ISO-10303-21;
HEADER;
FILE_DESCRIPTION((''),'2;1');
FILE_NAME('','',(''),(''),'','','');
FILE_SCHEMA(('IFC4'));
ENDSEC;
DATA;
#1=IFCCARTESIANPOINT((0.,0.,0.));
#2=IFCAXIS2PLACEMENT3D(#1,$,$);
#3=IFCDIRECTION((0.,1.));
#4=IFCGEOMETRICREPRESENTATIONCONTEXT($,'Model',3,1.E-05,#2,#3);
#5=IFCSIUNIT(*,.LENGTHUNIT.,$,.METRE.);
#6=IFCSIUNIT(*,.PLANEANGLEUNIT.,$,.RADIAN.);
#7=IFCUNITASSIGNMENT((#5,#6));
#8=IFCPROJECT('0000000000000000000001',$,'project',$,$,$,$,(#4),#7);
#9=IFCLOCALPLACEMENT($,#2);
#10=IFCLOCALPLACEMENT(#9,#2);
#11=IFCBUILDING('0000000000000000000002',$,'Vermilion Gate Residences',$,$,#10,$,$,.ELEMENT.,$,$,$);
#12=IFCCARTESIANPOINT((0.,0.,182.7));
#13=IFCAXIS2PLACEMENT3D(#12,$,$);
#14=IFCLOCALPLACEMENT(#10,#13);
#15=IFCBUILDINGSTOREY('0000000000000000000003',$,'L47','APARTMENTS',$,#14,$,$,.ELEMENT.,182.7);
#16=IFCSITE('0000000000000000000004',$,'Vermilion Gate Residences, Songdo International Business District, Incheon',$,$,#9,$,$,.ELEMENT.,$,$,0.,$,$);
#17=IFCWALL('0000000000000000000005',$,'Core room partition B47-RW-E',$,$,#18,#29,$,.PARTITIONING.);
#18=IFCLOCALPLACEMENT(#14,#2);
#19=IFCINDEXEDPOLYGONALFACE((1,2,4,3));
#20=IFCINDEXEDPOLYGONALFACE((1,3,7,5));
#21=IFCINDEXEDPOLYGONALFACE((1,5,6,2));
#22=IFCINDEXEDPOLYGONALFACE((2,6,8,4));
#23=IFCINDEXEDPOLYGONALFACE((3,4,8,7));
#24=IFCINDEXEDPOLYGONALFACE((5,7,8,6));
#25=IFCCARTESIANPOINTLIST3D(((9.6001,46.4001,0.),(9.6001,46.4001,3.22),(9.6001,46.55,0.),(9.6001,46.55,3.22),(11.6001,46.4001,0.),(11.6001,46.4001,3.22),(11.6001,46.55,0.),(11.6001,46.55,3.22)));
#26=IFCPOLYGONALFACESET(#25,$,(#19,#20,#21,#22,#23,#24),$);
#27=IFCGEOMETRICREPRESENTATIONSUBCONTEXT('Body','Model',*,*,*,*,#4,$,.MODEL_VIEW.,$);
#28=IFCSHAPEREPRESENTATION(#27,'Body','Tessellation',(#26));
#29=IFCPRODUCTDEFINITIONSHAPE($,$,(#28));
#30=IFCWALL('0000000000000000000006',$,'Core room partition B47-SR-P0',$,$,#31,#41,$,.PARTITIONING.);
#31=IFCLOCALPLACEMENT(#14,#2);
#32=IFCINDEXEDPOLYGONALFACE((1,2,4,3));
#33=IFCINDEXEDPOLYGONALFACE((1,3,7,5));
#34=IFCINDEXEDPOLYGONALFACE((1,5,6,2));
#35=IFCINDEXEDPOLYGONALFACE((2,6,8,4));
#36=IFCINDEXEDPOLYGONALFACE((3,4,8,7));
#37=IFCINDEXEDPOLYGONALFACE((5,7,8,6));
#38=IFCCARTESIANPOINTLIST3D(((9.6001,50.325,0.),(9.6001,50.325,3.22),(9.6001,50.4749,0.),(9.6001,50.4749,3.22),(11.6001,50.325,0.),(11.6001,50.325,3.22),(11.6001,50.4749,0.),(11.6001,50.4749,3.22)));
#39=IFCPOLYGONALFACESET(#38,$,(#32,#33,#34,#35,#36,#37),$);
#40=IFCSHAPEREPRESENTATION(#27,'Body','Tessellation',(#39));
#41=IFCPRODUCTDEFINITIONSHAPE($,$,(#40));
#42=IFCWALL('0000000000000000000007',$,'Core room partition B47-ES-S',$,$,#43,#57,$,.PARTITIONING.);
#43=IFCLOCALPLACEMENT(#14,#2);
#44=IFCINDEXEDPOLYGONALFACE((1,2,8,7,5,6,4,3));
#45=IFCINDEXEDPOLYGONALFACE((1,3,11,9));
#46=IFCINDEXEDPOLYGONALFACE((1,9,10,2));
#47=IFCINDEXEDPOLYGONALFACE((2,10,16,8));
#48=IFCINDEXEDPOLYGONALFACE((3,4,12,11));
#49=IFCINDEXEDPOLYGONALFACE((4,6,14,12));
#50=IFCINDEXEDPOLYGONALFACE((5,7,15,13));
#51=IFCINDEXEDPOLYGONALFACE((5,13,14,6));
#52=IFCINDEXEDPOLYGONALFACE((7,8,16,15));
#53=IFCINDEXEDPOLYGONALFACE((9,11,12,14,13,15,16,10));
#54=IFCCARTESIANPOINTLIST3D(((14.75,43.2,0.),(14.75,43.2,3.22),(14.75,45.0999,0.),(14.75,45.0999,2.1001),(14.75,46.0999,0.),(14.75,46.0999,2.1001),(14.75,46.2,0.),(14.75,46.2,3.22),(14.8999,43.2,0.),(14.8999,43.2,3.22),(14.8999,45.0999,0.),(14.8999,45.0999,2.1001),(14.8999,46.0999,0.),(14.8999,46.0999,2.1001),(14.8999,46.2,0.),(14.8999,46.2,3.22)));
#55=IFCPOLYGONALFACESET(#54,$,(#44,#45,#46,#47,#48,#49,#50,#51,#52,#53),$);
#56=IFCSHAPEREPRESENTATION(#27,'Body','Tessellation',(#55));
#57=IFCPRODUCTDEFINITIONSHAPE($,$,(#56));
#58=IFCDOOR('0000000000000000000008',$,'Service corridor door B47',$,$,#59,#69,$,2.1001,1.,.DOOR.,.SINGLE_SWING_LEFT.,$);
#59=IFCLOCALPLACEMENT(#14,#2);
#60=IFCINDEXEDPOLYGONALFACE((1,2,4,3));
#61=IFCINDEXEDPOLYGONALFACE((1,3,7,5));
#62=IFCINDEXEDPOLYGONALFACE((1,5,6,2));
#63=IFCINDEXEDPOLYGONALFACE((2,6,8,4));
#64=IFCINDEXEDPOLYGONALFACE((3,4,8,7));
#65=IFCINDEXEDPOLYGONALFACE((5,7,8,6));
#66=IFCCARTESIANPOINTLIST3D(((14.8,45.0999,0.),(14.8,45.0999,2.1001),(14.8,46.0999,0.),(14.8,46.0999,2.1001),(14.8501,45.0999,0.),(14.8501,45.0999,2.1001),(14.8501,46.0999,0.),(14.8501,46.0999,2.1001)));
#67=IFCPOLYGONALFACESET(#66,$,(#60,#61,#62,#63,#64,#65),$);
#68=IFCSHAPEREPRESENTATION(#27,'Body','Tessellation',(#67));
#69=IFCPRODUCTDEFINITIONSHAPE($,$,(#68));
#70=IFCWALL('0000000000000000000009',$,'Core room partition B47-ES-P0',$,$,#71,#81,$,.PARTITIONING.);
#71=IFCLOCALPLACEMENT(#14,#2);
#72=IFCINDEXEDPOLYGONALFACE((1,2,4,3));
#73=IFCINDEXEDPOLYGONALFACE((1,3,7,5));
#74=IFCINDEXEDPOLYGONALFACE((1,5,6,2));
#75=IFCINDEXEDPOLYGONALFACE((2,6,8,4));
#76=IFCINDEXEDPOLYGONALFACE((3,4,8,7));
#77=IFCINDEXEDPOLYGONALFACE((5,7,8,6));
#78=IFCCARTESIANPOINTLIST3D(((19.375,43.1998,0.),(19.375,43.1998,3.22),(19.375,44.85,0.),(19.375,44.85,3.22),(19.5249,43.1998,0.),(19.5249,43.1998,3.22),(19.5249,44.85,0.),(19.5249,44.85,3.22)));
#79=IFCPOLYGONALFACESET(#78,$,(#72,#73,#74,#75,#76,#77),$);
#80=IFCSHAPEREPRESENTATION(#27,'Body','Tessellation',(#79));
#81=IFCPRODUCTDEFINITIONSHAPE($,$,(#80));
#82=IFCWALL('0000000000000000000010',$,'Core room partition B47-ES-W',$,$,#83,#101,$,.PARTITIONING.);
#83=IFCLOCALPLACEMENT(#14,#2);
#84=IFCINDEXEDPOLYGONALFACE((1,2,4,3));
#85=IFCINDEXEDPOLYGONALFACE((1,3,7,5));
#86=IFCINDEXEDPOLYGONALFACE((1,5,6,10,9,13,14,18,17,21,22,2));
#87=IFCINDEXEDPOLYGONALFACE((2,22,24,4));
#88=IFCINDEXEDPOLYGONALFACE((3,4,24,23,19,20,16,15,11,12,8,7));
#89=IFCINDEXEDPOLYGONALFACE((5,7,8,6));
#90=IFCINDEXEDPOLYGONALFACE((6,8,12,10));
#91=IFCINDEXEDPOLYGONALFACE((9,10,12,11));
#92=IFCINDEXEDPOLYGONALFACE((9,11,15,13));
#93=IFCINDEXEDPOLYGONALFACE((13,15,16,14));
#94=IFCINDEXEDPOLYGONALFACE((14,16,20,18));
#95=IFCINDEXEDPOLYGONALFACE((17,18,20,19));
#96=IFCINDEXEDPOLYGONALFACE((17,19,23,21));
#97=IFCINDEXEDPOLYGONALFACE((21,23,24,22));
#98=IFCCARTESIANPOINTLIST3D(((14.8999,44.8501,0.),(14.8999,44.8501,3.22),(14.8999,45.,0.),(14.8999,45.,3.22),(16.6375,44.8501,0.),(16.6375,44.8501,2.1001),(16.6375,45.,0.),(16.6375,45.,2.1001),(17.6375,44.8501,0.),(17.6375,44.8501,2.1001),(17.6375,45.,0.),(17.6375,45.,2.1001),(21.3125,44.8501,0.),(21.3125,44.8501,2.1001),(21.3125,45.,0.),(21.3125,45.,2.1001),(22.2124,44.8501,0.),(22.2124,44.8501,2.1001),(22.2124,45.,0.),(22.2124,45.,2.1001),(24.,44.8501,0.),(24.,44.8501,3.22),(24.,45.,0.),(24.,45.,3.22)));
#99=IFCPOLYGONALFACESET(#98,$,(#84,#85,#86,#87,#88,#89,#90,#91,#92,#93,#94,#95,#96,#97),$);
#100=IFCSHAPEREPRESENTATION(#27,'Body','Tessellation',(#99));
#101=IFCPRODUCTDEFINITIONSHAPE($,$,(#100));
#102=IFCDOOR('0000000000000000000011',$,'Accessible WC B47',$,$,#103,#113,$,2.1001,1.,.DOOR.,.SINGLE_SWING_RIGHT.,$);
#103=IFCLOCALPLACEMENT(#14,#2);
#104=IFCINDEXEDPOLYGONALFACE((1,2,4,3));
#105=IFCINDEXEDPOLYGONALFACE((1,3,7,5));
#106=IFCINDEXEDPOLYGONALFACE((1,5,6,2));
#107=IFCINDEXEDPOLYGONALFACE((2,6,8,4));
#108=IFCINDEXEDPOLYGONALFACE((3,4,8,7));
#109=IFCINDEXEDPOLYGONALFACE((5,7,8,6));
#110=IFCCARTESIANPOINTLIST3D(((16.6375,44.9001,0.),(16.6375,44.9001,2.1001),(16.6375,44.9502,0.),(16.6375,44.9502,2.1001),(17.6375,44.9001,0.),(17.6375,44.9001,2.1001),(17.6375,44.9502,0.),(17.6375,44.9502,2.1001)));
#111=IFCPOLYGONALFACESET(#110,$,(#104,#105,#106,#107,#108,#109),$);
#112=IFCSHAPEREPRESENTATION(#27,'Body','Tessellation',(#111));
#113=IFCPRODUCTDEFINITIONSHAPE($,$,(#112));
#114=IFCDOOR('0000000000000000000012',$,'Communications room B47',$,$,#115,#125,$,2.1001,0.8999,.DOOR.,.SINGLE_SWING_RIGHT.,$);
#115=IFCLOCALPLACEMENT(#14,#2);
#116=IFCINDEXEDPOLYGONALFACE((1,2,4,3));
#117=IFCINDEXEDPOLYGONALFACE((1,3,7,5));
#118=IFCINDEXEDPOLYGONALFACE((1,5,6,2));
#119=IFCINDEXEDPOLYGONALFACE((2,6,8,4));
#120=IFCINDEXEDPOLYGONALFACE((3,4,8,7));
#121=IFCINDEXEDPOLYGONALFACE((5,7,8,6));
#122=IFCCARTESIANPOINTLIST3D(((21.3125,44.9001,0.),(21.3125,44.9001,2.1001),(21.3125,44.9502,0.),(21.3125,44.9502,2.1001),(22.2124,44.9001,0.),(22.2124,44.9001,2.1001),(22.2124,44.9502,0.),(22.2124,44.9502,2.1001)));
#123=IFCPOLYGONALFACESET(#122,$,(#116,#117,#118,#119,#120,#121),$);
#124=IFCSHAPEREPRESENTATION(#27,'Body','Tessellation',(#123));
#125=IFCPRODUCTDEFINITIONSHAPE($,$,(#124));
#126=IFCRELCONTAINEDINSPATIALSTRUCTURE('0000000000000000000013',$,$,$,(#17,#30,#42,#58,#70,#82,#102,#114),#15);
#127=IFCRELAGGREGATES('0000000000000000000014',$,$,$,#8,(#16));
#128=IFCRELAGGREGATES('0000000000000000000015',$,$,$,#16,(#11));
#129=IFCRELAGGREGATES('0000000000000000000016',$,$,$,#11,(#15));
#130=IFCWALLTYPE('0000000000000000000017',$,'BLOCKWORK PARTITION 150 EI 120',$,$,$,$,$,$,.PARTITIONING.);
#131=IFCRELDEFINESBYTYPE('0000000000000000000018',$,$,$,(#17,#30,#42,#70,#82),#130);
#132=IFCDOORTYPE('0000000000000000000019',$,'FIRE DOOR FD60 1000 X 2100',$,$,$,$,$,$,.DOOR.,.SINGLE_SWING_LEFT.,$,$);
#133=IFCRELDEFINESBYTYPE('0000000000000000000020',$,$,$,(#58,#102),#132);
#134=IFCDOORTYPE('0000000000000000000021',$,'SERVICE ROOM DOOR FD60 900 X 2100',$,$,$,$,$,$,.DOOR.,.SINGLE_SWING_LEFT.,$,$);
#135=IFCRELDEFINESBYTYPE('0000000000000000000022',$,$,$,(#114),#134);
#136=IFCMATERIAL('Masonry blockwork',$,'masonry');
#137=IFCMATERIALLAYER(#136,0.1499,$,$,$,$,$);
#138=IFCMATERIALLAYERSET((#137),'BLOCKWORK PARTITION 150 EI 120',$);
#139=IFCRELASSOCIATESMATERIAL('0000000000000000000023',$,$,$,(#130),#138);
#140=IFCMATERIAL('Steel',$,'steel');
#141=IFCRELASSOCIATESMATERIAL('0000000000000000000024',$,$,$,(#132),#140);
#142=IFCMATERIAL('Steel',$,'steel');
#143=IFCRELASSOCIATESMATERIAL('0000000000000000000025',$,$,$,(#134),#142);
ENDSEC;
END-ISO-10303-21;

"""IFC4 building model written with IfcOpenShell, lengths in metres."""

from ifc_helpers import new_model, si_unit, direction, frame, frame_2d, origin, place, context, subcontext, project, spatial, rectangle, extrude, material, layer, layer_set, type_object, element, fill, save


model = new_model("IFC4")

# Units and contexts
model_context = context("Model", 3, precision=1e-05, world=origin(), true_north=direction((0.0, 1.0)))
body_context = subcontext(model_context, "Body", "Model", "MODEL_VIEW")
ifc_project = project(units=[si_unit("LENGTHUNIT", "METRE"), si_unit("PLANEANGLEUNIT", "RADIAN")], contexts=[model_context])

# Site, building, storey
site_placement = place(None, origin())
site = spatial("IfcSite", under=ifc_project, at=site_placement, Name="Vermilion Gate Residences, Songdo International Business District, Incheon", CompositionType="ELEMENT", RefElevation=0.0)
building_placement = place(site_placement, origin())
building = spatial("IfcBuilding", under=site, at=building_placement, Name="Vermilion Gate Residences", CompositionType="ELEMENT")
storey_placement = place(building_placement, frame((0.0, 0.0, 182.7)))
storey = spatial("IfcBuildingStorey", under=building, at=storey_placement, Name="L47", Description="APARTMENTS", CompositionType="ELEMENT", Elevation=182.7)

# Walls
ifc_material_1 = material(Name="Masonry blockwork", Category="masonry")
ifc_layer_1 = layer(ifc_material_1, 0.1499)
ifc_layer_set_1 = layer_set([ifc_layer_1], Name="BLOCKWORK PARTITION 150 EI 120")
wall_type_1 = type_object("IfcWallType", Name="BLOCKWORK PARTITION 150 EI 120", PredefinedType="PARTITIONING", material=ifc_layer_set_1)
for number, where, z_axis, x_axis, name in (
    (1, (9.6001, 46.4751, 0.0), (0.0, 0.0, 1.0), (1.0, 0.0, 0.0), "Core room partition B47-RW-E"),
    (2, (9.6001, 50.3999, 0.0), (0.0, 0.0, 1.0), (1.0, 0.0, 0.0), "Core room partition B47-SR-P0"),
):
    element("IfcWall", number, at=place(storey_placement, frame(where, z_axis=z_axis, x_axis=x_axis)), inside=storey, type_object=wall_type_1, Name=name, PredefinedType="PARTITIONING", context=body_context, shape_type="SweptSolid", body=[
        extrude(rectangle(XDim=2.0, YDim=0.1499, at=frame_2d((1.0, 0.0))), origin(), (0.0, 0.0, 1.0), 3.22),
    ])

# Wall, opening, door
wall_1_placement = place(storey_placement, frame((14.825, 46.2, 0.0), z_axis=(0.0, 0.0, 1.0), x_axis=(0.0, -1.0, 0.0)))
wall_1 = element("IfcWall", 3, at=wall_1_placement, inside=storey, type_object=wall_type_1, Name="Core room partition B47-ES-S", PredefinedType="PARTITIONING", context=body_context, shape_type="SweptSolid", body=[
    extrude(rectangle(XDim=3.0, YDim=0.1499, at=frame_2d((1.5, 0.0))), origin(), (0.0, 0.0, 1.0), 3.22),
])
opening_1_placement = place(wall_1_placement, frame((0.1001, 0.0, 0.0)))
opening_1 = element("IfcOpeningElement", 4, at=opening_1_placement, cuts=wall_1, PredefinedType="OPENING", context=body_context, shape_type="SweptSolid", body=[
    extrude(rectangle(XDim=1.0, YDim=2.1001, at=frame_2d((0.5, 1.05))), frame((0.0, 0.085, 0.0), z_axis=(0.0, -1.0, 0.0), x_axis=(1.0, 0.0, 0.0)), (0.0, 0.0, 1.0), 0.1699),
])
ifc_material_2 = material(Name="Steel", Category="steel")
door_type_1 = type_object("IfcDoorType", Name="FIRE DOOR FD60 1000 X 2100", OperationType="SINGLE_SWING_LEFT", PredefinedType="DOOR", material=ifc_material_2)
door_1_placement = place(opening_1_placement, frame((1.0, 0.0, 0.0), z_axis=(0.0, 0.0, 1.0), x_axis=(-1.0, 0.0, 0.0)))
door_1 = element("IfcDoor", 5, at=door_1_placement, inside=storey, type_object=door_type_1, Name="Service corridor door B47", OperationType="SINGLE_SWING_LEFT", OverallHeight=2.1001, OverallWidth=1.0, PredefinedType="DOOR", context=body_context, shape_type="SweptSolid", body=[
    extrude(rectangle(XDim=1.0, YDim=2.1001, at=frame_2d((0.5, 1.05))), frame((0.0, 0.0249, 0.0), z_axis=(0.0, -1.0, 0.0), x_axis=(1.0, 0.0, 0.0)), (0.0, 0.0, 1.0), 0.05),
])
fill(opening_1, door_1)

# Wall
wall_2_placement = place(storey_placement, frame((19.45, 44.8501, 0.0), z_axis=(0.0, 0.0, 1.0), x_axis=(0.0, -1.0, 0.0)))
element("IfcWall", 6, at=wall_2_placement, inside=storey, type_object=wall_type_1, Name="Core room partition B47-ES-P0", PredefinedType="PARTITIONING", context=body_context, shape_type="SweptSolid", body=[
    extrude(rectangle(XDim=1.6501, YDim=0.1499, at=frame_2d((0.8252, 0.0))), origin(), (0.0, 0.0, 1.0), 3.22),
])

# Wall, openings, doors
wall_3_placement = place(storey_placement, frame((14.8999, 44.925, 0.0), z_axis=(0.0, 0.0, 1.0), x_axis=(1.0, 0.0, 0.0)))
wall_3 = element("IfcWall", 7, at=wall_3_placement, inside=storey, type_object=wall_type_1, Name="Core room partition B47-ES-W", PredefinedType="PARTITIONING", context=body_context, shape_type="SweptSolid", body=[
    extrude(rectangle(XDim=9.1001, YDim=0.1499, at=frame_2d((4.55, 0.0))), origin(), (0.0, 0.0, 1.0), 3.22),
])
opening_2_placement = place(wall_3_placement, frame((1.7375, 0.0, 0.0)))
opening_2 = element("IfcOpeningElement", 8, at=opening_2_placement, cuts=wall_3, PredefinedType="OPENING", context=body_context, shape_type="SweptSolid", body=[
    extrude(rectangle(XDim=1.0, YDim=2.1001, at=frame_2d((0.5, 1.05))), frame((0.0, 0.085, 0.0), z_axis=(0.0, -1.0, 0.0), x_axis=(1.0, 0.0, 0.0)), (0.0, 0.0, 1.0), 0.1699),
])
opening_3_placement = place(wall_3_placement, frame((6.4126, 0.0, 0.0)))
opening_3 = element("IfcOpeningElement", 9, at=opening_3_placement, cuts=wall_3, PredefinedType="OPENING", context=body_context, shape_type="SweptSolid", body=[
    extrude(rectangle(XDim=0.8999, YDim=2.1001, at=frame_2d((0.45, 1.05))), frame((0.0, 0.085, 0.0), z_axis=(0.0, -1.0, 0.0), x_axis=(1.0, 0.0, 0.0)), (0.0, 0.0, 1.0), 0.1699),
])
door_2_placement = place(opening_2_placement, frame((1.0, 0.0, 0.0), z_axis=(0.0, 0.0, 1.0), x_axis=(-1.0, 0.0, 0.0)))
door_2 = element("IfcDoor", 10, at=door_2_placement, inside=storey, type_object=door_type_1, Name="Accessible WC B47", OperationType="SINGLE_SWING_RIGHT", OverallHeight=2.1001, OverallWidth=1.0, PredefinedType="DOOR", context=body_context, shape_type="SweptSolid", body=[
    extrude(rectangle(XDim=1.0, YDim=2.1001, at=frame_2d((0.5, 1.05))), frame((0.0, 0.0249, 0.0), z_axis=(0.0, -1.0, 0.0), x_axis=(1.0, 0.0, 0.0)), (0.0, 0.0, 1.0), 0.05),
])
fill(opening_2, door_2)
ifc_material_3 = material(Name="Steel", Category="steel")
door_type_2 = type_object("IfcDoorType", Name="SERVICE ROOM DOOR FD60 900 X 2100", OperationType="SINGLE_SWING_LEFT", PredefinedType="DOOR", material=ifc_material_3)
door_3_placement = place(opening_3_placement, frame((0.8999, 0.0, 0.0), z_axis=(0.0, 0.0, 1.0), x_axis=(-1.0, 0.0, 0.0)))
door_3 = element("IfcDoor", 11, at=door_3_placement, inside=storey, type_object=door_type_2, Name="Communications room B47", OperationType="SINGLE_SWING_RIGHT", OverallHeight=2.1001, OverallWidth=0.8999, PredefinedType="DOOR", context=body_context, shape_type="SweptSolid", body=[
    extrude(rectangle(XDim=0.8999, YDim=2.1001, at=frame_2d((0.45, 1.05))), frame((0.0, 0.0249, 0.0), z_axis=(0.0, -1.0, 0.0), x_axis=(1.0, 0.0, 0.0)), (0.0, 0.0, 1.0), 0.05),
])
fill(opening_3, door_3)

save(model, "model.ifc")
